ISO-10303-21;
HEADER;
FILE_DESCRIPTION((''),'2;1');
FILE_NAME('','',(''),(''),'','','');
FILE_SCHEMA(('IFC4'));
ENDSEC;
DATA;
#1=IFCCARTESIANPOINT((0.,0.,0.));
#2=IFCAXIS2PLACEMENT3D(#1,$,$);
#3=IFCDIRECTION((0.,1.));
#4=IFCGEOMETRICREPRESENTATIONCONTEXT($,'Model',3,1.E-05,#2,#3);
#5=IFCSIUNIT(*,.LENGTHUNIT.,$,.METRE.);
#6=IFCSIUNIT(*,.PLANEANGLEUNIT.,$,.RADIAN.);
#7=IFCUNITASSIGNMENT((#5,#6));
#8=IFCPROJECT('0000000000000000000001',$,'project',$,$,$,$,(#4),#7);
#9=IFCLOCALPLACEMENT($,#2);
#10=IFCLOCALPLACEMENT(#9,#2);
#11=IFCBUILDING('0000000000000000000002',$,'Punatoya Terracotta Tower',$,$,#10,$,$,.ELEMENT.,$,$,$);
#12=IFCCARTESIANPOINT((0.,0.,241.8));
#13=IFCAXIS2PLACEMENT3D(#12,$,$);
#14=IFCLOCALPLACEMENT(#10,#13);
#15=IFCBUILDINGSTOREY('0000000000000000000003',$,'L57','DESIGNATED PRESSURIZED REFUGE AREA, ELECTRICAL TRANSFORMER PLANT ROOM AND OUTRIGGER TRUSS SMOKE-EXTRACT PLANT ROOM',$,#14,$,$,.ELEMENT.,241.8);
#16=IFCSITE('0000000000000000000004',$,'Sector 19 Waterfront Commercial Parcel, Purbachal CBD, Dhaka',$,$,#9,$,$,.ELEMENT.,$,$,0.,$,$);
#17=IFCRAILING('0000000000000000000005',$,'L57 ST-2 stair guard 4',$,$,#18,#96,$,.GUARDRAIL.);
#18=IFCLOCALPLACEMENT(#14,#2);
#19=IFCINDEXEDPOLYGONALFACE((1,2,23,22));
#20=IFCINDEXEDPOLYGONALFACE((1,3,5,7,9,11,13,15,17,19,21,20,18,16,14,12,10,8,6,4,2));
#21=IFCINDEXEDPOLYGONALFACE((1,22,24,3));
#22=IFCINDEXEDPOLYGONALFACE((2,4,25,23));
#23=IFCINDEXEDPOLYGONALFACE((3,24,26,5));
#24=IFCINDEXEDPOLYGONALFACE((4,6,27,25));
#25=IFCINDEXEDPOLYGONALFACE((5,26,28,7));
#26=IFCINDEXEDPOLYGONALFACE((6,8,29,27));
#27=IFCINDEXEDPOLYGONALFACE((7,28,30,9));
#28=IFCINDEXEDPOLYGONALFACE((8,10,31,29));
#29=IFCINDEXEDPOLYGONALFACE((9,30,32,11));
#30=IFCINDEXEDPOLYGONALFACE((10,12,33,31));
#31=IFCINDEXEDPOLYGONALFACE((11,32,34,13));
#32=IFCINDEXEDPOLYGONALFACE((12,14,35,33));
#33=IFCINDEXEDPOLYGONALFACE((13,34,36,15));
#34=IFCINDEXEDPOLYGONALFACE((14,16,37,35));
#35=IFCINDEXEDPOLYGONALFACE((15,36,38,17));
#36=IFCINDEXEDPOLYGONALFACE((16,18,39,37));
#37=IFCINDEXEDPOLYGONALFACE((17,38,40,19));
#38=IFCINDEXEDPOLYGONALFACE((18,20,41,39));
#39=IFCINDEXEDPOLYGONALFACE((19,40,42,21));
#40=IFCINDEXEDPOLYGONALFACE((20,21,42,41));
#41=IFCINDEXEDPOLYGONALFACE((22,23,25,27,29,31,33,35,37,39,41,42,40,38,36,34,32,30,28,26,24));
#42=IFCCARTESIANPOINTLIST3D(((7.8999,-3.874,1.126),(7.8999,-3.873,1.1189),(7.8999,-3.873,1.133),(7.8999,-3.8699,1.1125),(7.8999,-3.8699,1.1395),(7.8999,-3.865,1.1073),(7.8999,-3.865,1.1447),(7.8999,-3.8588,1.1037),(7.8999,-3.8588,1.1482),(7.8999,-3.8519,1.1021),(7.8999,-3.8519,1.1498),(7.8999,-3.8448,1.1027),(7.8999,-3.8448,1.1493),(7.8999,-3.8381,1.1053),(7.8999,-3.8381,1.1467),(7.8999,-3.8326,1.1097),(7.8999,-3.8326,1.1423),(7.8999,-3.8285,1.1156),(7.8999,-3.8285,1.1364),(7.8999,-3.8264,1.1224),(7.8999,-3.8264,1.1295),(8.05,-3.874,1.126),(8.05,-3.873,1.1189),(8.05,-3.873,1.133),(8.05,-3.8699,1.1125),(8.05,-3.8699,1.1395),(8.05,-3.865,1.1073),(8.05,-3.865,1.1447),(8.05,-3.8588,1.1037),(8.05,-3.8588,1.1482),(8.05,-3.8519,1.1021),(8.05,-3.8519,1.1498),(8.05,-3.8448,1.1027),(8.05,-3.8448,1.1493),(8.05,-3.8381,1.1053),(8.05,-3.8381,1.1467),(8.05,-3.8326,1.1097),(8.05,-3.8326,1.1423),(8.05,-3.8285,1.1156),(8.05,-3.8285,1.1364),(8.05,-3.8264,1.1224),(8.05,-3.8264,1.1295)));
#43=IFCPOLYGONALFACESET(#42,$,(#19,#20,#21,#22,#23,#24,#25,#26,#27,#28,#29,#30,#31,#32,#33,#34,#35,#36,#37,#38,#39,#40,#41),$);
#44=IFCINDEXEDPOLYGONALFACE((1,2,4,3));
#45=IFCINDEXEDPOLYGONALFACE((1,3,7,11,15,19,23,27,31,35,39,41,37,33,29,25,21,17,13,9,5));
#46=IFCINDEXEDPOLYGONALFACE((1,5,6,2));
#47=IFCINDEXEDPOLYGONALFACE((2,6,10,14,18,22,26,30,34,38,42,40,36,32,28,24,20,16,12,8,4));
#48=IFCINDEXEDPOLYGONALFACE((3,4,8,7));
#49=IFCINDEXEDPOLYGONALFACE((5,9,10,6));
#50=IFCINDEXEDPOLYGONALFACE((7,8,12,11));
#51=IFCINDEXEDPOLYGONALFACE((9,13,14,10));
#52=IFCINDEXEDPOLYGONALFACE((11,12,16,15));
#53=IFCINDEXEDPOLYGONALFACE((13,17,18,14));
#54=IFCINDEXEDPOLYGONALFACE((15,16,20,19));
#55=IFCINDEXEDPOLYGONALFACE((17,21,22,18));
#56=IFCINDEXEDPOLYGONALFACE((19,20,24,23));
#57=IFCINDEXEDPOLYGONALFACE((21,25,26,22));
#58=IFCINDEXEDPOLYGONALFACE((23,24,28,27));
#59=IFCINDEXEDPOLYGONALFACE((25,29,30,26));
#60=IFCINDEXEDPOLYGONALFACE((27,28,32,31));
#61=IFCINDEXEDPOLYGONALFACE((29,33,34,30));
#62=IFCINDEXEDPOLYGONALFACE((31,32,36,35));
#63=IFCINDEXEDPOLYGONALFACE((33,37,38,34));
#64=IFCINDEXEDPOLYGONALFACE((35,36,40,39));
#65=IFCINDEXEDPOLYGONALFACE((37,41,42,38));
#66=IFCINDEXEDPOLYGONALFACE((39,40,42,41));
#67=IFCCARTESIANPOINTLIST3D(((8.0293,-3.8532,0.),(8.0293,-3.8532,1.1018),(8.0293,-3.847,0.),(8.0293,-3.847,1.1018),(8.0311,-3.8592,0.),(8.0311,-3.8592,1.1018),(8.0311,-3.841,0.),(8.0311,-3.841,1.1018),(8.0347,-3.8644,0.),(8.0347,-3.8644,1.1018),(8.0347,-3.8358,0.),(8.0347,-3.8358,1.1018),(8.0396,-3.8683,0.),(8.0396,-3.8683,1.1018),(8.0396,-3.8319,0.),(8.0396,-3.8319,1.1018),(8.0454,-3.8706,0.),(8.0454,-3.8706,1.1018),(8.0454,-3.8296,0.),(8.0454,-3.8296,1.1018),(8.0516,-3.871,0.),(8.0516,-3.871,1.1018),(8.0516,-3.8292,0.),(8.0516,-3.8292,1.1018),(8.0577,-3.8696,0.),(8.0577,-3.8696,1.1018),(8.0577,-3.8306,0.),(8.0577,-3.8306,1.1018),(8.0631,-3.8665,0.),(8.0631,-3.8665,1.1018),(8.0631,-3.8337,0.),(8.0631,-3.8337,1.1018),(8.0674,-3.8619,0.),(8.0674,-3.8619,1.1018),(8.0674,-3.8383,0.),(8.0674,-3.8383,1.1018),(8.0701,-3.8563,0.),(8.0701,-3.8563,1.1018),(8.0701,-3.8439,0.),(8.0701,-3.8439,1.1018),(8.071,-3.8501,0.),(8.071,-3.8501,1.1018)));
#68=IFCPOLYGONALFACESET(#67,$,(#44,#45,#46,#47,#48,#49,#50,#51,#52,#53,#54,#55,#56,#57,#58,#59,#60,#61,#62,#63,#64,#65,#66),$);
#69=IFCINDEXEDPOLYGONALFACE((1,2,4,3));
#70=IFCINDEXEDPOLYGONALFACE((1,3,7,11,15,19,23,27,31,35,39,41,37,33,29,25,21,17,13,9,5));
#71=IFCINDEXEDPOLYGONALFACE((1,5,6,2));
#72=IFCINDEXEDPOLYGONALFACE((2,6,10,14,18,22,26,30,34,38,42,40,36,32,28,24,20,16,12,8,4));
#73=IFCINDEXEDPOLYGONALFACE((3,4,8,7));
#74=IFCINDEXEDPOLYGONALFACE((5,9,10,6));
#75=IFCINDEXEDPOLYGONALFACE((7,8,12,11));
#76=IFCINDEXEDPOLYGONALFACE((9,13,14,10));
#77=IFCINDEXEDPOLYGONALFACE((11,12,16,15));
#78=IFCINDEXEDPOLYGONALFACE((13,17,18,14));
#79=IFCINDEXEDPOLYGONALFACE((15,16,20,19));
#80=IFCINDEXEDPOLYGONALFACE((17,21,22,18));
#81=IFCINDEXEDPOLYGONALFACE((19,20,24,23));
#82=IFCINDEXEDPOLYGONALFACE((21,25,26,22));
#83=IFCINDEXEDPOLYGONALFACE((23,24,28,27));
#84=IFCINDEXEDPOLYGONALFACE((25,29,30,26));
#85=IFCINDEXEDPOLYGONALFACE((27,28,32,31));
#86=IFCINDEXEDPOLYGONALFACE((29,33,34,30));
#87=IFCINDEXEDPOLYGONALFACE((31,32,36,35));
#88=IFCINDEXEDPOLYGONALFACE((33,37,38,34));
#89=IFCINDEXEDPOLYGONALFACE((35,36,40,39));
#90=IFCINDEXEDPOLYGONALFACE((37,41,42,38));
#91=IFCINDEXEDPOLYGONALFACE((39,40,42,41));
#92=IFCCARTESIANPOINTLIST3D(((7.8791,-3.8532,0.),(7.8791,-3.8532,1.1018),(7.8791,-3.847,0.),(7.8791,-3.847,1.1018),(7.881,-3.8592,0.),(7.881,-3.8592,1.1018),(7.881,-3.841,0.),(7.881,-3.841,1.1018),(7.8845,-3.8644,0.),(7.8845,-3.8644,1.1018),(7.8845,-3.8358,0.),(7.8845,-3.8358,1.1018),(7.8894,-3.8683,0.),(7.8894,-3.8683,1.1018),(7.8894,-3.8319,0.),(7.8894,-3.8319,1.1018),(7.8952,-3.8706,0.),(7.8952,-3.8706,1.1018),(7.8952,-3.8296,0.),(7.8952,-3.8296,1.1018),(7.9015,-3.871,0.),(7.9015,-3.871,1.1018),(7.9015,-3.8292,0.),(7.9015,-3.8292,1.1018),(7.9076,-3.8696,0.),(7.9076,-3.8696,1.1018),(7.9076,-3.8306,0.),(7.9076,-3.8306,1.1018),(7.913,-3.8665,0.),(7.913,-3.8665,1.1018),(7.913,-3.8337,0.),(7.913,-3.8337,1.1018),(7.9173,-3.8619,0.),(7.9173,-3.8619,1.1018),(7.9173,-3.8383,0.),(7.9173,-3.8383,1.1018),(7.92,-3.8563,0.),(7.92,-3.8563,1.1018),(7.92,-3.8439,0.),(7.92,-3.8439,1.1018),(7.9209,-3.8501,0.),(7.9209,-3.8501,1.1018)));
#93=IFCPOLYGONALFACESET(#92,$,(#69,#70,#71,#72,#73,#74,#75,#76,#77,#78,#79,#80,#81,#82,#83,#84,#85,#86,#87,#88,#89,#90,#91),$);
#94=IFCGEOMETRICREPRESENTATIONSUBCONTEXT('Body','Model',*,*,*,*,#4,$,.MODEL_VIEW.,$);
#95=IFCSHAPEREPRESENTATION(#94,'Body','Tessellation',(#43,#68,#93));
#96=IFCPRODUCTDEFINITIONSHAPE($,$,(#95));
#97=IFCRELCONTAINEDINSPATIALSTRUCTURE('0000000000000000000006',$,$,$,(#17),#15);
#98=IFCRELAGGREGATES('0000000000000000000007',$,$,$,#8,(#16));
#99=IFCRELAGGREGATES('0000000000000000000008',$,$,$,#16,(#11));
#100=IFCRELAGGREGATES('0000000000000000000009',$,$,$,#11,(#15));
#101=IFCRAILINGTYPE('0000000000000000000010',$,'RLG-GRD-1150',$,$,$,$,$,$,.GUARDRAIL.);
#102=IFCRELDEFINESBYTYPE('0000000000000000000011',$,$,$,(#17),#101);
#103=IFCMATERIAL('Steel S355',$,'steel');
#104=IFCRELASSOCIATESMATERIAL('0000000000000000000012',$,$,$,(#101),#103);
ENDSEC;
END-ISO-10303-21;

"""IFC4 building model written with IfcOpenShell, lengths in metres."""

from ifc_helpers import new_model, si_unit, direction, frame, origin, origin_2d, place, context, subcontext, project, spatial, circle, extrude, material, type_object, element, save


model = new_model("IFC4")

# Units and contexts
model_context = context("Model", 3, precision=1e-05, world=origin(), true_north=direction((0.0, 1.0)))
body_context = subcontext(model_context, "Body", "Model", "MODEL_VIEW")
ifc_project = project(units=[si_unit("LENGTHUNIT", "METRE"), si_unit("PLANEANGLEUNIT", "RADIAN")], contexts=[model_context])

# Site, building, storey
site_placement = place(None, origin())
site = spatial("IfcSite", under=ifc_project, at=site_placement, Name="Sector 19 Waterfront Commercial Parcel, Purbachal CBD, Dhaka", CompositionType="ELEMENT", RefElevation=0.0)
building_placement = place(site_placement, origin())
building = spatial("IfcBuilding", under=site, at=building_placement, Name="Punatoya Terracotta Tower", CompositionType="ELEMENT")
storey_placement = place(building_placement, frame((0.0, 0.0, 241.8)))
storey = spatial("IfcBuildingStorey", under=building, at=storey_placement, Name="L57", Description="DESIGNATED PRESSURIZED REFUGE AREA, ELECTRICAL TRANSFORMER PLANT ROOM AND OUTRIGGER TRUSS SMOKE-EXTRACT PLANT ROOM", CompositionType="ELEMENT", Elevation=241.8)

# Shared definitions
ifc_material_1 = material(Name="Steel S355", Category="steel")

# Railing
railing_type_1 = type_object("IfcRailingType", Name="RLG-GRD-1150", PredefinedType="GUARDRAIL", material=ifc_material_1)
railing_1_placement = place(storey_placement, frame((8.05, -3.8501, 0.0)))
element("IfcRailing", 1, at=railing_1_placement, inside=storey, type_object=railing_type_1, Name="L57 ST-2 stair guard 4", PredefinedType="GUARDRAIL", context=body_context, shape_type="SweptSolid", body=[
    extrude(circle(Radius=0.0239, at=origin_2d()), frame((0.0, 0.0, 1.126), z_axis=(-1.0, 0.0, 0.0), x_axis=(0.0, -1.0, 0.0)), (0.0, 0.0, 1.0), 0.1501),
    extrude(circle(Radius=0.021, at=origin_2d()), origin(), (0.0, 0.0, 1.0), 1.1018),
    extrude(circle(Radius=0.021, at=origin_2d()), frame((-0.1501, 0.0, 0.0)), (0.0, 0.0, 1.0), 1.1018),
])

save(model, "model.ifc")
